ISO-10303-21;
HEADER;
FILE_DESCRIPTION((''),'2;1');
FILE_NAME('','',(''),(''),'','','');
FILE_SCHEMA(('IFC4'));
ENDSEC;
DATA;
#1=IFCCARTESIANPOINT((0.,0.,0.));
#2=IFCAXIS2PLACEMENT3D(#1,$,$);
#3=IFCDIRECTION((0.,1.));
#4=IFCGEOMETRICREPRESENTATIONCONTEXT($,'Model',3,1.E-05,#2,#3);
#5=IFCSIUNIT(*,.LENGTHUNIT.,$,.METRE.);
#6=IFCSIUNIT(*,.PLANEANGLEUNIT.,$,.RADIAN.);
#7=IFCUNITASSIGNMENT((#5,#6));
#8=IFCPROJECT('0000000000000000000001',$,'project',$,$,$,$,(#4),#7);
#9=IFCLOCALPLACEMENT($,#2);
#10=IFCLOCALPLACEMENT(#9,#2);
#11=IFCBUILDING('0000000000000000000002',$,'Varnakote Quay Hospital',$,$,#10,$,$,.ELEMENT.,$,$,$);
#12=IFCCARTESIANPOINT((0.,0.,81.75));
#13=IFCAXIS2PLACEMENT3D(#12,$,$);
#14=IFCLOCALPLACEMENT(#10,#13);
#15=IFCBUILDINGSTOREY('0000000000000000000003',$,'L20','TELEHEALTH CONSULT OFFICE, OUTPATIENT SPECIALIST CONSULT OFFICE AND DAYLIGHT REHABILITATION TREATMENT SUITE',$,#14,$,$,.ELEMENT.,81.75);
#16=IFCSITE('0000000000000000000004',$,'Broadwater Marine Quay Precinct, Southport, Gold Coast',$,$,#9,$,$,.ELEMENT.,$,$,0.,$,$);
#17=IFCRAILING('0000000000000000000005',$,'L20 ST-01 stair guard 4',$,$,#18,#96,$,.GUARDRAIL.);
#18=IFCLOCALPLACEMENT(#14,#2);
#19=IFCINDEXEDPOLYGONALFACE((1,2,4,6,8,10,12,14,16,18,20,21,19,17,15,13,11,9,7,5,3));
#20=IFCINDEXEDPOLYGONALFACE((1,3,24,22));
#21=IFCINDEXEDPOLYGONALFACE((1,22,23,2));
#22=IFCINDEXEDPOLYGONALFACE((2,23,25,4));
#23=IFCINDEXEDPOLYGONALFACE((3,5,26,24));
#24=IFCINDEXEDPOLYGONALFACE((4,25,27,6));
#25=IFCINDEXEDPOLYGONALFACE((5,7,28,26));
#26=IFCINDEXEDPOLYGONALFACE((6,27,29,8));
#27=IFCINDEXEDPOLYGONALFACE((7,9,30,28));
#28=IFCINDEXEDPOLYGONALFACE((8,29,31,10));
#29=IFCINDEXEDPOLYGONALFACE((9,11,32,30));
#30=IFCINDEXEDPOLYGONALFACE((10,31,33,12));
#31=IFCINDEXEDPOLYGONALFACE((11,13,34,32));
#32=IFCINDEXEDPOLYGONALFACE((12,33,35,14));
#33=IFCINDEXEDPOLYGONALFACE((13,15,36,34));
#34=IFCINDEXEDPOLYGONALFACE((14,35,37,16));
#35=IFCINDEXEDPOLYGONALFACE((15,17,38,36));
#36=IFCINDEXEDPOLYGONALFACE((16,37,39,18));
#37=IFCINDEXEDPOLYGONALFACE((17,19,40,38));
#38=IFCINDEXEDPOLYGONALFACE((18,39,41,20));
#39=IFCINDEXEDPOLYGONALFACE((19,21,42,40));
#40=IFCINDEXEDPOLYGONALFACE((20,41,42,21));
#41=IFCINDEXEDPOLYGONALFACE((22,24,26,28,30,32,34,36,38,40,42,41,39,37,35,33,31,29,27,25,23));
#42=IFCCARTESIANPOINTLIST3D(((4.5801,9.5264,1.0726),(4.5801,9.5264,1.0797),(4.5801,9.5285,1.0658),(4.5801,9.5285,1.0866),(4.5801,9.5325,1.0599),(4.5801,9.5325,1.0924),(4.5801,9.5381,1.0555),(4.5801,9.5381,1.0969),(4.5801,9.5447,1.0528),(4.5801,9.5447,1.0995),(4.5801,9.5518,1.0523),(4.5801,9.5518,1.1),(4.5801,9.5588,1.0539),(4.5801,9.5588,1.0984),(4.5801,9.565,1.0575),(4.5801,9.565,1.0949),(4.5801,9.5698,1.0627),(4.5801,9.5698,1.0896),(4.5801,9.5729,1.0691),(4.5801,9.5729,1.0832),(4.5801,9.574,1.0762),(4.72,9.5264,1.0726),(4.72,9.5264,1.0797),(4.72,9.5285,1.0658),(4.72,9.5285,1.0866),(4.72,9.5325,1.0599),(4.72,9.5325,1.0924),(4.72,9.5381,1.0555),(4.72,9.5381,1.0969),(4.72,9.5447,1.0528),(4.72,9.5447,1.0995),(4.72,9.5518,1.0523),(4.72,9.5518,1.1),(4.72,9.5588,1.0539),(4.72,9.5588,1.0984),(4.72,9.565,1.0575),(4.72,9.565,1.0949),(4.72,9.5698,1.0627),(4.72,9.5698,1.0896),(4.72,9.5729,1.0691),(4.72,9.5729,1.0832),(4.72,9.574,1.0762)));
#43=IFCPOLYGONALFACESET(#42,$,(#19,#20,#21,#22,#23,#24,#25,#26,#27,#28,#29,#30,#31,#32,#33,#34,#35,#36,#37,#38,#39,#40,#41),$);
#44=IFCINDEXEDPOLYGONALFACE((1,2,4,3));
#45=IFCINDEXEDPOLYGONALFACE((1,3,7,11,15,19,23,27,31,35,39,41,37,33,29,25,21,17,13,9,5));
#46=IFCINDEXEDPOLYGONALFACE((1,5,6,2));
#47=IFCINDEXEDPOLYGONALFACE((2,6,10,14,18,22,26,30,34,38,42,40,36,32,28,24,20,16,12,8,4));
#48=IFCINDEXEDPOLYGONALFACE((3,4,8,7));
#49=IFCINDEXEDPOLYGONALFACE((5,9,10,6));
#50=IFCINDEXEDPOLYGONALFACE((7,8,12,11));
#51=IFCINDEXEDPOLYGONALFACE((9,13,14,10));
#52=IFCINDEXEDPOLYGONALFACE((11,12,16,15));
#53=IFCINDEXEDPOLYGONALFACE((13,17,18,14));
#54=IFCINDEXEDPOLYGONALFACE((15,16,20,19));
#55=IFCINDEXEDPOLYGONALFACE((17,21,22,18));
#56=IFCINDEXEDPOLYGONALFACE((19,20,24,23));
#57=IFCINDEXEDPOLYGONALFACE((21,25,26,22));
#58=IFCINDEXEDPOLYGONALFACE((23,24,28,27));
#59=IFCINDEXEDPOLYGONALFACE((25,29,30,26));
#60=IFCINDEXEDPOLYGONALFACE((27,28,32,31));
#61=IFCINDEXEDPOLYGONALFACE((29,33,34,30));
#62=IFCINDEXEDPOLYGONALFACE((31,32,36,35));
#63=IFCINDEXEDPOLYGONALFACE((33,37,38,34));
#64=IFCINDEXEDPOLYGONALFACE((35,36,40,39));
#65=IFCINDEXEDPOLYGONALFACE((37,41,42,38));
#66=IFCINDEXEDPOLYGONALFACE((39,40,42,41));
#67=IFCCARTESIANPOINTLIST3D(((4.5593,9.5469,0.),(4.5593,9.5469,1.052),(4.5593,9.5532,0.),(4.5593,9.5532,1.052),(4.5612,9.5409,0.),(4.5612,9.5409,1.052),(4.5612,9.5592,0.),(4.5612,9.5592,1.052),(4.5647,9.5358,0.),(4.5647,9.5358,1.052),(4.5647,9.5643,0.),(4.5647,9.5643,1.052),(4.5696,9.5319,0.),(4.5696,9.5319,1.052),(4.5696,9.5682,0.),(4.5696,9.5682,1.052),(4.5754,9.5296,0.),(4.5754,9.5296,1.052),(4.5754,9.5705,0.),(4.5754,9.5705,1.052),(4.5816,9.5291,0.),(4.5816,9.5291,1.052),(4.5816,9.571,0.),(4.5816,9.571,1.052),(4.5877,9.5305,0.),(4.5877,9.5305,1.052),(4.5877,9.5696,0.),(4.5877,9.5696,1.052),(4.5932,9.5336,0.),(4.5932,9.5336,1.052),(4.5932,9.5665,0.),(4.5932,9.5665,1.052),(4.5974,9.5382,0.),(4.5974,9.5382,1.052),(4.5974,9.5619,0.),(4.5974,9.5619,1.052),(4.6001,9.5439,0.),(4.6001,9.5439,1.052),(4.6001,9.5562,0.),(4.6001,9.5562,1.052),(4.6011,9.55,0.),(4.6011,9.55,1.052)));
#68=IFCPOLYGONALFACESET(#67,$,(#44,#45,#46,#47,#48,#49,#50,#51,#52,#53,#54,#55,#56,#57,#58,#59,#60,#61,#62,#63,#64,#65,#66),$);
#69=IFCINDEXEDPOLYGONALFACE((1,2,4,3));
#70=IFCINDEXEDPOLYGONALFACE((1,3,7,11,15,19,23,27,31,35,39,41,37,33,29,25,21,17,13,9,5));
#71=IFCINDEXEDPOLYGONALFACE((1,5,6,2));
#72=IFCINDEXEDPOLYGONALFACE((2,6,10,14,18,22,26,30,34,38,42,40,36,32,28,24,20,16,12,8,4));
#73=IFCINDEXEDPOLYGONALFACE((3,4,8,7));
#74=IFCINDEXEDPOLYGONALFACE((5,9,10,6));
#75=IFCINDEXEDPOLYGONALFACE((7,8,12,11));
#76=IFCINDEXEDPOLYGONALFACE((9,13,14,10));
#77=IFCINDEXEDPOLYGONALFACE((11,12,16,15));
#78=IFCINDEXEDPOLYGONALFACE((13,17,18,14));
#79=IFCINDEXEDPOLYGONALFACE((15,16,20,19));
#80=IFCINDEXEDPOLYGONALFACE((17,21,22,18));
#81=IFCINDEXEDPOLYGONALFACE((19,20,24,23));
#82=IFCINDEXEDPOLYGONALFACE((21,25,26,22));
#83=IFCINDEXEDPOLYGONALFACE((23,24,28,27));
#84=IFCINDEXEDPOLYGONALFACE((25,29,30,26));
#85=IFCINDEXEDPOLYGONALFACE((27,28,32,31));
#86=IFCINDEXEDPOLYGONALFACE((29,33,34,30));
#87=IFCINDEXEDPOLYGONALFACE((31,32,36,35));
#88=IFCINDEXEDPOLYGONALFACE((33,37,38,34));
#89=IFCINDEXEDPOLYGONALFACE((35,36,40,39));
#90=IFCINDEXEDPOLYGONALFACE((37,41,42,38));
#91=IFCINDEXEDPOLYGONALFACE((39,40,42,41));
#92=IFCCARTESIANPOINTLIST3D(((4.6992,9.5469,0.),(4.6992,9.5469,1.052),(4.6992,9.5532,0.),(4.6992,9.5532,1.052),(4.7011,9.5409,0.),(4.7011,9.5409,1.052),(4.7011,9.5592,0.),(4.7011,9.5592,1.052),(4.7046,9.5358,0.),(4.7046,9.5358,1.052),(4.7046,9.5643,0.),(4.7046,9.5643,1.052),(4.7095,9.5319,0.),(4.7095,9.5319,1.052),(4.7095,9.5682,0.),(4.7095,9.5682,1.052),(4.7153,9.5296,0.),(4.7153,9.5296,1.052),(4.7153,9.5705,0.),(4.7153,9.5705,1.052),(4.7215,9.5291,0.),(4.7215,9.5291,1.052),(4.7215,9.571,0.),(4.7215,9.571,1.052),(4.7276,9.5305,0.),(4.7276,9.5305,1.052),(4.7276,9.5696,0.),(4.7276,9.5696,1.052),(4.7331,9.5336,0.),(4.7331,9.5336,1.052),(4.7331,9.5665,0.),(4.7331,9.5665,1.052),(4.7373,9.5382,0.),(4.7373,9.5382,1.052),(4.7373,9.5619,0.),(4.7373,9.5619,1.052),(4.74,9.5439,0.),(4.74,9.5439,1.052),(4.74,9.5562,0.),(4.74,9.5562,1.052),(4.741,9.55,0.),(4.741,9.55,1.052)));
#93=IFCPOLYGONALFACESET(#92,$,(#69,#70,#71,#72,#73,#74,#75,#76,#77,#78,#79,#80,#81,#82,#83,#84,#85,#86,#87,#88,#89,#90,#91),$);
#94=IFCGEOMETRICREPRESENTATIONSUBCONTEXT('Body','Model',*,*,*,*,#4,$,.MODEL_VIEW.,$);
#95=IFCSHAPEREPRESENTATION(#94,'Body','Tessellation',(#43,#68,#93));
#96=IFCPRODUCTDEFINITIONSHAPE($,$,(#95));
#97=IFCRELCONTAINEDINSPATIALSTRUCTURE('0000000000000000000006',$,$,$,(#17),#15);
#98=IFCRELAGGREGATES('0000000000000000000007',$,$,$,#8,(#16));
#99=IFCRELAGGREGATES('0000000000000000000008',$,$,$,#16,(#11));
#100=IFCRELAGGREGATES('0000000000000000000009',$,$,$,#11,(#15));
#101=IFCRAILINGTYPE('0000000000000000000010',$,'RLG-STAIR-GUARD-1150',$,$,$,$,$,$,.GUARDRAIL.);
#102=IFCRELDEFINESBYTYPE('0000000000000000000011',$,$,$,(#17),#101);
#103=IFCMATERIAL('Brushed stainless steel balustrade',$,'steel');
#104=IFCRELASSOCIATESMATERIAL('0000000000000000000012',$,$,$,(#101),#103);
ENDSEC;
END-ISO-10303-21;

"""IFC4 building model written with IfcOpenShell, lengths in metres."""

from ifc_helpers import new_model, si_unit, direction, frame, origin, origin_2d, place, context, subcontext, project, spatial, circle, extrude, material, type_object, element, save


model = new_model("IFC4")

# Units and contexts
model_context = context("Model", 3, precision=1e-05, world=origin(), true_north=direction((0.0, 1.0)))
body_context = subcontext(model_context, "Body", "Model", "MODEL_VIEW")
ifc_project = project(units=[si_unit("LENGTHUNIT", "METRE"), si_unit("PLANEANGLEUNIT", "RADIAN")], contexts=[model_context])

# Site, building, storey
site_placement = place(None, origin())
site = spatial("IfcSite", under=ifc_project, at=site_placement, Name="Broadwater Marine Quay Precinct, Southport, Gold Coast", CompositionType="ELEMENT", RefElevation=0.0)
building_placement = place(site_placement, origin())
building = spatial("IfcBuilding", under=site, at=building_placement, Name="Varnakote Quay Hospital", CompositionType="ELEMENT")
storey_placement = place(building_placement, frame((0.0, 0.0, 81.75)))
storey = spatial("IfcBuildingStorey", under=building, at=storey_placement, Name="L20", Description="TELEHEALTH CONSULT OFFICE, OUTPATIENT SPECIALIST CONSULT OFFICE AND DAYLIGHT REHABILITATION TREATMENT SUITE", CompositionType="ELEMENT", Elevation=81.75)

# Railing
ifc_material_1 = material(Name="Brushed stainless steel balustrade", Category="steel")
railing_type_1 = type_object("IfcRailingType", Name="RLG-STAIR-GUARD-1150", PredefinedType="GUARDRAIL", material=ifc_material_1)
railing_1_placement = place(storey_placement, frame((4.5801, 9.55, 0.0)))
element("IfcRailing", 1, at=railing_1_placement, inside=storey, type_object=railing_type_1, Name="L20 ST-01 stair guard 4", PredefinedType="GUARDRAIL", context=body_context, shape_type="SweptSolid", body=[
    extrude(circle(Radius=0.0239, at=origin_2d()), frame((0.0, 0.0, 1.0762), z_axis=(1.0, 0.0, 0.0), x_axis=(0.0, 1.0, 0.0)), (0.0, 0.0, 1.0), 0.1399),
    extrude(circle(Radius=0.021, at=origin_2d()), origin(), (0.0, 0.0, 1.0), 1.052),
    extrude(circle(Radius=0.021, at=origin_2d()), frame((0.1399, 0.0, 0.0)), (0.0, 0.0, 1.0), 1.052),
])

save(model, "model.ifc")
